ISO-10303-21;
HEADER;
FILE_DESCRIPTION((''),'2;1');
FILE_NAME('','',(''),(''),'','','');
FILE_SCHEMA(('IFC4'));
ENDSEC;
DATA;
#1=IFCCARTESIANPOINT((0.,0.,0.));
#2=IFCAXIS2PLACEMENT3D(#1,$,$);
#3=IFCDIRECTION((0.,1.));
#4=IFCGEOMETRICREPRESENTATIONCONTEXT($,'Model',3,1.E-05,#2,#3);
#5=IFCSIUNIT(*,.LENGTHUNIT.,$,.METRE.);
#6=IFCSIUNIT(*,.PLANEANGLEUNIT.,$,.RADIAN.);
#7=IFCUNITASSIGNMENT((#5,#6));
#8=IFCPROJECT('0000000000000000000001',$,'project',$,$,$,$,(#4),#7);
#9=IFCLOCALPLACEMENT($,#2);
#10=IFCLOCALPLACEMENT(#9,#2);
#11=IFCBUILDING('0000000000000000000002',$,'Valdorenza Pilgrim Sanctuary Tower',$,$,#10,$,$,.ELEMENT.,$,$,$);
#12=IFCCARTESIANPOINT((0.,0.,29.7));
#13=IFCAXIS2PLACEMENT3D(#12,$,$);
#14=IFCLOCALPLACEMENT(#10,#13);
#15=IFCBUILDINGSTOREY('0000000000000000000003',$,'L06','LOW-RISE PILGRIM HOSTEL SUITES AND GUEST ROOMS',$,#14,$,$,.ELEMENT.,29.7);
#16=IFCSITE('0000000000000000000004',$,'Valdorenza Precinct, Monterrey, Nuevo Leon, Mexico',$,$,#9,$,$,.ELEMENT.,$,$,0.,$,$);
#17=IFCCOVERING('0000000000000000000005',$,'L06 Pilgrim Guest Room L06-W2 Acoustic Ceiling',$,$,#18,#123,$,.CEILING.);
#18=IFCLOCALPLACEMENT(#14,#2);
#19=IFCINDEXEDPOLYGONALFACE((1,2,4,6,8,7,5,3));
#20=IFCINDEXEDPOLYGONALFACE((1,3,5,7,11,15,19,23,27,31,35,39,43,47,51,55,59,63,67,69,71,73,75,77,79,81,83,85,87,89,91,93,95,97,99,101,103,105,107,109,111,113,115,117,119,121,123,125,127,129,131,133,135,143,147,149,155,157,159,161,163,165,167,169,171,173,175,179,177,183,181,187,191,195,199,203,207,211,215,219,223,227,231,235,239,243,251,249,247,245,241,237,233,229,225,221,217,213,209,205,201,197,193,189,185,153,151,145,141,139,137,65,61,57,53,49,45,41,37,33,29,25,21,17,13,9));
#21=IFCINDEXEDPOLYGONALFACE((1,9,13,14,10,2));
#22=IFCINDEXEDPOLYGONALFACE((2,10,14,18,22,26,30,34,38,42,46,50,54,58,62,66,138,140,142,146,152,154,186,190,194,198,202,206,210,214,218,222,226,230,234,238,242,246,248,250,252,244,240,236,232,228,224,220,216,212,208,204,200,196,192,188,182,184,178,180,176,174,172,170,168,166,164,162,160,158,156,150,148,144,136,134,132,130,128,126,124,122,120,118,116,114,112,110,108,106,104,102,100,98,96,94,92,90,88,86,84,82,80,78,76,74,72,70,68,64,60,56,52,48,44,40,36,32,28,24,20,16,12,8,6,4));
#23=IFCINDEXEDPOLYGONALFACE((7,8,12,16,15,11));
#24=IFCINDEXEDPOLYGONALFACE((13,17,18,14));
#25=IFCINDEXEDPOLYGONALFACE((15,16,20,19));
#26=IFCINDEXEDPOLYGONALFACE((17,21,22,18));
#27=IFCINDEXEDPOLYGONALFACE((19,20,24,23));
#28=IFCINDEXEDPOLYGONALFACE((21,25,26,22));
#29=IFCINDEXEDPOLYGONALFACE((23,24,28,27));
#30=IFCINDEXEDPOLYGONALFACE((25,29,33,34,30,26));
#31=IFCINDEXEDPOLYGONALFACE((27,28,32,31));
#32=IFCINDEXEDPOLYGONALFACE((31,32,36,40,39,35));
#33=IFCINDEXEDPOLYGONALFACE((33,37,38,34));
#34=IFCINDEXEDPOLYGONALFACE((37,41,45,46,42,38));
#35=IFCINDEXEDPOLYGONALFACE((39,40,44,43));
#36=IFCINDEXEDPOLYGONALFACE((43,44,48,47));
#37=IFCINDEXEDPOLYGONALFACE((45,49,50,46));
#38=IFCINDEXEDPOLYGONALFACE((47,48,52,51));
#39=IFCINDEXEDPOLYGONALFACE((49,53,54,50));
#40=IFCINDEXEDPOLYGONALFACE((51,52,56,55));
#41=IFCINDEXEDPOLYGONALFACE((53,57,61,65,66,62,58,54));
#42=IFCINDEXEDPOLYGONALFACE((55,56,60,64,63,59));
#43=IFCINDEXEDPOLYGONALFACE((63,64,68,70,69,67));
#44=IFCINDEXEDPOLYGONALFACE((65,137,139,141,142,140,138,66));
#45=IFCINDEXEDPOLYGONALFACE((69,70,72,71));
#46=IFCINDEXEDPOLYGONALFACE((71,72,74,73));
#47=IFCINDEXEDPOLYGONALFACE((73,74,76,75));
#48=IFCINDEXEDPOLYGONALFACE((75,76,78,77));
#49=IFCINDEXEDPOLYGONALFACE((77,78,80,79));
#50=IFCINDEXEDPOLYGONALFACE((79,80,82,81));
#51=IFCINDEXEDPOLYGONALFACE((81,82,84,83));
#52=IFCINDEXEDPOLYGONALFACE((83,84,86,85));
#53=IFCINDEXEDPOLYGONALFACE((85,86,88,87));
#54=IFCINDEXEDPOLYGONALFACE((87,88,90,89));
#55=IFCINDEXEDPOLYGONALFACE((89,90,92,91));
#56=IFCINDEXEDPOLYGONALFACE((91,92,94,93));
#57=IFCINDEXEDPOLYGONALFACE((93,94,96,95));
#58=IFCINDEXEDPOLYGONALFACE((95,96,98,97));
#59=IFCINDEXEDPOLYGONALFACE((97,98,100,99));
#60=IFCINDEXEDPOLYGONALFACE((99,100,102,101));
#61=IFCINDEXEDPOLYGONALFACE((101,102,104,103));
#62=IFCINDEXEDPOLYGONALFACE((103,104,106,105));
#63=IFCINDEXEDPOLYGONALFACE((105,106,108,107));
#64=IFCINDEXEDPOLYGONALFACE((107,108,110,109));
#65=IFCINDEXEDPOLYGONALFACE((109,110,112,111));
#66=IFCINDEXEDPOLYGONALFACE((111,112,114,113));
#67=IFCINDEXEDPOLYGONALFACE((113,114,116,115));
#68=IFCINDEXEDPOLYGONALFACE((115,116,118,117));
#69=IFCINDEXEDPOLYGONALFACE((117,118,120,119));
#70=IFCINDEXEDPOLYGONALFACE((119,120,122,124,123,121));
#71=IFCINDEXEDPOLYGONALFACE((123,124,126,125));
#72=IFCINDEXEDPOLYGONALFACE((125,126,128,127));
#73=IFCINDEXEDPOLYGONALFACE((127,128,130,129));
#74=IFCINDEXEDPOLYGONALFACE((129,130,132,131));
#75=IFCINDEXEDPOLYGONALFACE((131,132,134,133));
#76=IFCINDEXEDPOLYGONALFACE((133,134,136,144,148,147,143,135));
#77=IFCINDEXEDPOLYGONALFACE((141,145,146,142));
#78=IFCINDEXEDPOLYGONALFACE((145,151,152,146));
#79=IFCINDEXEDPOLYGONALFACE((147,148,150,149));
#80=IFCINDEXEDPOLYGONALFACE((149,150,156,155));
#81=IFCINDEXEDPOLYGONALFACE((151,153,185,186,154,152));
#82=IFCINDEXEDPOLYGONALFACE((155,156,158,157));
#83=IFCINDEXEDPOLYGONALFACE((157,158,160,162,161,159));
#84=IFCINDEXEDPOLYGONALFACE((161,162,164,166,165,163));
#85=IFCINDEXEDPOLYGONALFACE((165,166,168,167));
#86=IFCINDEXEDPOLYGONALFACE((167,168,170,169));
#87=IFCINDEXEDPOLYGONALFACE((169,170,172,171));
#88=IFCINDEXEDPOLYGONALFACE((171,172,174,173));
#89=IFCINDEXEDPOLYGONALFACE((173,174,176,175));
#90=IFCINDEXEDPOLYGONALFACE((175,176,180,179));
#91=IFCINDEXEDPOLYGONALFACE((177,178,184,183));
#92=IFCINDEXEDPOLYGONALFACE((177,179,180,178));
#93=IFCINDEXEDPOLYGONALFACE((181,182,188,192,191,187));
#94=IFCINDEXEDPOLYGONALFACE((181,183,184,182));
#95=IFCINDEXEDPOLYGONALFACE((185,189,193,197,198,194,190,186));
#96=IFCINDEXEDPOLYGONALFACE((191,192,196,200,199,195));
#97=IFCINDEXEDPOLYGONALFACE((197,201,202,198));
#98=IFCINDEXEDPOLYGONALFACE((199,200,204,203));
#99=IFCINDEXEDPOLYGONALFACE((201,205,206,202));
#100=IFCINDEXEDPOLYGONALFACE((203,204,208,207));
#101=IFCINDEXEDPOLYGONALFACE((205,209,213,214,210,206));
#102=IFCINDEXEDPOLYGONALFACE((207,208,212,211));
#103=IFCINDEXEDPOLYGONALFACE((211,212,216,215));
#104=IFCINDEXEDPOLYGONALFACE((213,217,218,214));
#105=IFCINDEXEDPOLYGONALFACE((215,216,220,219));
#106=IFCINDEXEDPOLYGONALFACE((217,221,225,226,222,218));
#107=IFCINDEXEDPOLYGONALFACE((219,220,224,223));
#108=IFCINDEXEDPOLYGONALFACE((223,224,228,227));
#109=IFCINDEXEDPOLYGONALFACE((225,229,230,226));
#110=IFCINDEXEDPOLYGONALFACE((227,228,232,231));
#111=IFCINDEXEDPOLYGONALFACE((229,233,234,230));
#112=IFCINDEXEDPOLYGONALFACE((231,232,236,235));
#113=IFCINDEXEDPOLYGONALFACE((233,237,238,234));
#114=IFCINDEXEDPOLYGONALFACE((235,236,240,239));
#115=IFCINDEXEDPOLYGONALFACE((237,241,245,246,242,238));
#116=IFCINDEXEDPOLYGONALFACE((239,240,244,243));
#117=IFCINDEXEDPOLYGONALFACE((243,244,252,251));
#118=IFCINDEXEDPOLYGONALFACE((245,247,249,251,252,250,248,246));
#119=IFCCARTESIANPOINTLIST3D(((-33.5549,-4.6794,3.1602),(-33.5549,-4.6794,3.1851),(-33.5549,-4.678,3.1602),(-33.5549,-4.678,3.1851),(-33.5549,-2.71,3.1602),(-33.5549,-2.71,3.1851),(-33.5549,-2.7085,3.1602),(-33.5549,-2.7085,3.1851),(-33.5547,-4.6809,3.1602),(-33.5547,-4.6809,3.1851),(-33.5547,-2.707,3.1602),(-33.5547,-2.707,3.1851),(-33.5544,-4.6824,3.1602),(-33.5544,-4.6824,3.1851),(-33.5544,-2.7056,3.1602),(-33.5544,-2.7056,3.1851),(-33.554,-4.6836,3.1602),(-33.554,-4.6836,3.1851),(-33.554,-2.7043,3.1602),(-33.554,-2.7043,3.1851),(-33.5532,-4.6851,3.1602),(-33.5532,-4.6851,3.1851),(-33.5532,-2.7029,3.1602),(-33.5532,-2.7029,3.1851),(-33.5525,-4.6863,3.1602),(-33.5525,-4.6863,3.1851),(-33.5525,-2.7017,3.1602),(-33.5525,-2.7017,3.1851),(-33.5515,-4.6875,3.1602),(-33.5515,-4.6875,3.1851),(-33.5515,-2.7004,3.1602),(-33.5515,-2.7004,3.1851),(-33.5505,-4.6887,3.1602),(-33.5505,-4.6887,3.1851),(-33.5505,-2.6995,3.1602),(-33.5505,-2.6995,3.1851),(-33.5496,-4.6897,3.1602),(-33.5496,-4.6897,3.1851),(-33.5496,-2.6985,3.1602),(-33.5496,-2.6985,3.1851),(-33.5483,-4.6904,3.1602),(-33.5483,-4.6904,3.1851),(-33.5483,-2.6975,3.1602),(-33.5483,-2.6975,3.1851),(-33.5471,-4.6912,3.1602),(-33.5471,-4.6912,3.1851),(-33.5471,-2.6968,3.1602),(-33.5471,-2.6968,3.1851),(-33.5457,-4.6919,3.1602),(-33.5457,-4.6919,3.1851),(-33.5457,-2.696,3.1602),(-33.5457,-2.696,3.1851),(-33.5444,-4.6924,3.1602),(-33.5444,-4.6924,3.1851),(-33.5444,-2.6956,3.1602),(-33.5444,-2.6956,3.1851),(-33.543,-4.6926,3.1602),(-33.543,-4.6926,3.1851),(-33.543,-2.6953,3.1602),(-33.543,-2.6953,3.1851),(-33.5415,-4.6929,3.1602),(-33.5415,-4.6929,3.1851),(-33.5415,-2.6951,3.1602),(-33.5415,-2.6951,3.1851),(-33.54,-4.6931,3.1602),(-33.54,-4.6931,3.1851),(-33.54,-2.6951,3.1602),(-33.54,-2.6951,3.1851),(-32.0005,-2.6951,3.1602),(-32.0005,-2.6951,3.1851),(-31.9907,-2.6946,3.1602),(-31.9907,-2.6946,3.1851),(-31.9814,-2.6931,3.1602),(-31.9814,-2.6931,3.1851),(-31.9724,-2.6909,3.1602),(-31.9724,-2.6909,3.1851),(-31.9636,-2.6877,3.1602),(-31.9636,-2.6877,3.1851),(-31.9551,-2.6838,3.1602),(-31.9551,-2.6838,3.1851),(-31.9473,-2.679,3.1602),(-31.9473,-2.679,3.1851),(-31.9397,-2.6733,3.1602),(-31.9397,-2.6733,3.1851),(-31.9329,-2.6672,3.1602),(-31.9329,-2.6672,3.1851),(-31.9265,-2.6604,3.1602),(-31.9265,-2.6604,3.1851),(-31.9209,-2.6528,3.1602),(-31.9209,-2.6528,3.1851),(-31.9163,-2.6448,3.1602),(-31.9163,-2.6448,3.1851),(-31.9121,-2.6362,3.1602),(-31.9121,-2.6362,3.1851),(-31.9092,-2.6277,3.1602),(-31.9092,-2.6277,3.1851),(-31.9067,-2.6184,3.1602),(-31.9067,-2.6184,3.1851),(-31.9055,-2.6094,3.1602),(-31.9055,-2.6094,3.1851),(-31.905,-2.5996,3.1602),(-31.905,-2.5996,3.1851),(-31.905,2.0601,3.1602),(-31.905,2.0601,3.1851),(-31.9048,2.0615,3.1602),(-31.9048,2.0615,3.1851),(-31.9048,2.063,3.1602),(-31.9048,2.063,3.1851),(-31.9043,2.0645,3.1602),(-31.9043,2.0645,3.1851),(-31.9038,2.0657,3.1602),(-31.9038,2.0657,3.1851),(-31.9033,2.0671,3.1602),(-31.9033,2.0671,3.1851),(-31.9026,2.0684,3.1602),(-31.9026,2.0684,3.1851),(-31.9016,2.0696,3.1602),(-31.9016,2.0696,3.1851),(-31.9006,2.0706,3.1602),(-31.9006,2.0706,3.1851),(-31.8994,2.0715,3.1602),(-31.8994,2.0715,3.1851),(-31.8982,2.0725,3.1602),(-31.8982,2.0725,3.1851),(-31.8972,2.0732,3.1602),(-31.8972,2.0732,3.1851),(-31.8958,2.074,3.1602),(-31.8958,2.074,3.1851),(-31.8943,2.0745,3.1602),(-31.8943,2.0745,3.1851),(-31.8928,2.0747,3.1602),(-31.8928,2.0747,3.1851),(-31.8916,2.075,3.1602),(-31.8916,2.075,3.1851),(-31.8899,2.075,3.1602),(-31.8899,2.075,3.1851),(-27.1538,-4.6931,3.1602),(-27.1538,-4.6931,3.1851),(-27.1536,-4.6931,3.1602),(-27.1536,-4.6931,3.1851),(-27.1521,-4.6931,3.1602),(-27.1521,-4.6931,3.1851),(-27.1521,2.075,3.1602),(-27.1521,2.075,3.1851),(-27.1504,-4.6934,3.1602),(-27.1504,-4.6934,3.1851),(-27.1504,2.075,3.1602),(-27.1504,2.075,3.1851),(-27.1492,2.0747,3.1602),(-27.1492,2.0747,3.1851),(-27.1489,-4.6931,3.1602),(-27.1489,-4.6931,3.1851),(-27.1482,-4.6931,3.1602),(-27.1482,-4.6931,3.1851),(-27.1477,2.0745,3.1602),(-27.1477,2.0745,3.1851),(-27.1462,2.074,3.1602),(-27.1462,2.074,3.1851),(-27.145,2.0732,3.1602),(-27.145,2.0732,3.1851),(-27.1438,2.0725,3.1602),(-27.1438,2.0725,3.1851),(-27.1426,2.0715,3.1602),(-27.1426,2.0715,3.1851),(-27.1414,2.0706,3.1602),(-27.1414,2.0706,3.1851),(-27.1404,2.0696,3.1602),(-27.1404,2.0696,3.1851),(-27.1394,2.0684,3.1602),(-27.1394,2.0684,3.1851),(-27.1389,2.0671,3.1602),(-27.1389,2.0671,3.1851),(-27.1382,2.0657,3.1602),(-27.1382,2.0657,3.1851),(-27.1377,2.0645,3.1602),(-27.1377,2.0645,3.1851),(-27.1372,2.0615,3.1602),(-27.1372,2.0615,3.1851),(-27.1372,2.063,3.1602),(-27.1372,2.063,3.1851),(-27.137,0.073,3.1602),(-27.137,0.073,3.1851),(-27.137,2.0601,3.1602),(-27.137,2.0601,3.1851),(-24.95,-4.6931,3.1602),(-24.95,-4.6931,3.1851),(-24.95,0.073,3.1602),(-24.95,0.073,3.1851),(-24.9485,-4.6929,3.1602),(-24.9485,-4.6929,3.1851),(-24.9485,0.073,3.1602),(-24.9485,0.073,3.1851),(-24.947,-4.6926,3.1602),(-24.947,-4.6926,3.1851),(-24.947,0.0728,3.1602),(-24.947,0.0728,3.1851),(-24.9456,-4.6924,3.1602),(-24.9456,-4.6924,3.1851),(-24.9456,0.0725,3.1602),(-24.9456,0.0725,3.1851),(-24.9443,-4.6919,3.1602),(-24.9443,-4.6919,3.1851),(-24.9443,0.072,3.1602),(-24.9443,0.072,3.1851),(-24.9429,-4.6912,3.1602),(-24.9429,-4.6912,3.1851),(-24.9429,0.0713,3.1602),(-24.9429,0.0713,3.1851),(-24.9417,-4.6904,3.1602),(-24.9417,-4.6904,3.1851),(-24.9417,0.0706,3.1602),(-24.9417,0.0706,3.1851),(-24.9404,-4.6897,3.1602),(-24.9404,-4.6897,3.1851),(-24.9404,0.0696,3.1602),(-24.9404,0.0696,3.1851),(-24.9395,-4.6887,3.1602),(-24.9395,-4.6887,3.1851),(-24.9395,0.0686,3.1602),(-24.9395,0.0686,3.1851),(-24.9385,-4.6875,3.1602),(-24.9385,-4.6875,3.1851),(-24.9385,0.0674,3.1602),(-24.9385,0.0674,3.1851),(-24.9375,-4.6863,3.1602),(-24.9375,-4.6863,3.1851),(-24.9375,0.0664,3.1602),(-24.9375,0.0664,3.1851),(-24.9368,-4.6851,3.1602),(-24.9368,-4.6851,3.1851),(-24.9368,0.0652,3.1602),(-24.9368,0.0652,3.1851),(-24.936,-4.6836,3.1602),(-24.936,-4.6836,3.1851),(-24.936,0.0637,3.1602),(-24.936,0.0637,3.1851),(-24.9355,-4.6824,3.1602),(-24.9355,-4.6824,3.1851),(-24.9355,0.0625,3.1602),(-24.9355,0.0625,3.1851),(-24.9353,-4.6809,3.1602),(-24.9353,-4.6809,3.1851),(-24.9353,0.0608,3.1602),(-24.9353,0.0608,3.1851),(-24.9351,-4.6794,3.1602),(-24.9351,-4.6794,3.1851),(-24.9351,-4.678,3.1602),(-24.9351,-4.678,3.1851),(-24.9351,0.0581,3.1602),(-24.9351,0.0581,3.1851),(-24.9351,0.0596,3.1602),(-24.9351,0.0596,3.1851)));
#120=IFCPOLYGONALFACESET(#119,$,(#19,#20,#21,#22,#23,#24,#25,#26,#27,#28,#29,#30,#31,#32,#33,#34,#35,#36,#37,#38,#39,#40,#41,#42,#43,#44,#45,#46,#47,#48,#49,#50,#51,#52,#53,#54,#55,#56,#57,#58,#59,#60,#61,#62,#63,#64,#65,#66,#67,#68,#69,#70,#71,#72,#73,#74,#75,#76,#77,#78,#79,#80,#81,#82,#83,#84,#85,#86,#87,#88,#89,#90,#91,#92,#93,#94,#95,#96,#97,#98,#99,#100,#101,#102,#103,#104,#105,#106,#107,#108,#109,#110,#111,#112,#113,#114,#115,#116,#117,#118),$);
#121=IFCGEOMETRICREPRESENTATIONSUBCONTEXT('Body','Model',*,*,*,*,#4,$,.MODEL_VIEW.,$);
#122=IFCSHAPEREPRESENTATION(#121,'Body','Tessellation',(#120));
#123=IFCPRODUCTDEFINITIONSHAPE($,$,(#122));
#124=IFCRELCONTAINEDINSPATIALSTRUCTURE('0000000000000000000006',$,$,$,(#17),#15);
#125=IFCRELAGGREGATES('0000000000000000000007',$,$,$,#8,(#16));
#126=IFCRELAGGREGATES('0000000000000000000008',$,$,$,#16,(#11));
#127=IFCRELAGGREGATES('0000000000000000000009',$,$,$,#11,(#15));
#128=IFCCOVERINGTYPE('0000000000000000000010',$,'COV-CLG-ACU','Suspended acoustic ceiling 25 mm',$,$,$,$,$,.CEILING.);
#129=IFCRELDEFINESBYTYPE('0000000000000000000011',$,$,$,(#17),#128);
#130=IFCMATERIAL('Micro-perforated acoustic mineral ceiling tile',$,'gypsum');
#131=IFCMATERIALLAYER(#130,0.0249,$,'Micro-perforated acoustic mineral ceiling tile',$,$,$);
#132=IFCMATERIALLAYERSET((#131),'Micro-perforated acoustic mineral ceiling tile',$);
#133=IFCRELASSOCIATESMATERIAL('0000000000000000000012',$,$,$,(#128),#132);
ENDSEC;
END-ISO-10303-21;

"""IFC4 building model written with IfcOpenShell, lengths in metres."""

from ifc_helpers import new_model, si_unit, direction, frame, origin, place, context, subcontext, project, spatial, polyline, outline, extrude, material, layer, layer_set, type_object, element, save


model = new_model("IFC4")

# Units and contexts
model_context = context("Model", 3, precision=1e-05, world=origin(), true_north=direction((0.0, 1.0)))
body_context = subcontext(model_context, "Body", "Model", "MODEL_VIEW")
ifc_project = project(units=[si_unit("LENGTHUNIT", "METRE"), si_unit("PLANEANGLEUNIT", "RADIAN")], contexts=[model_context])

# Site, building, storey
site_placement = place(None, origin())
site = spatial("IfcSite", under=ifc_project, at=site_placement, Name="Valdorenza Precinct, Monterrey, Nuevo Leon, Mexico", CompositionType="ELEMENT", RefElevation=0.0)
building_placement = place(site_placement, origin())
building = spatial("IfcBuilding", under=site, at=building_placement, Name="Valdorenza Pilgrim Sanctuary Tower", CompositionType="ELEMENT")
storey_placement = place(building_placement, frame((0.0, 0.0, 29.7)))
storey = spatial("IfcBuildingStorey", under=building, at=storey_placement, Name="L06", Description="LOW-RISE PILGRIM HOSTEL SUITES AND GUEST ROOMS", CompositionType="ELEMENT", Elevation=29.7)

# Covering
ifc_material_1 = material(Name="Micro-perforated acoustic mineral ceiling tile", Category="gypsum")
ifc_layer_1 = layer(ifc_material_1, 0.0249, Name="Micro-perforated acoustic mineral ceiling tile")
ifc_layer_set_1 = layer_set([ifc_layer_1], Name="Micro-perforated acoustic mineral ceiling tile")
covering_type_1 = type_object("IfcCoveringType", Name="COV-CLG-ACU", Description="Suspended acoustic ceiling 25 mm", PredefinedType="CEILING", material=ifc_layer_set_1)
covering_1_placement = place(storey_placement, frame((0.0, 0.0, 3.1602)))
element("IfcCovering", 1, at=covering_1_placement, inside=storey, type_object=covering_type_1, Name="L06 Pilgrim Guest Room L06-W2 Acoustic Ceiling", PredefinedType="CEILING", context=body_context, shape_type="SweptSolid", body=[
    extrude(outline(polyline([(-33.5549, -2.71), (-33.5549, -2.7085), (-33.5547, -2.707), (-33.5544, -2.7056), (-33.554, -2.7043), (-33.5532, -2.7029), (-33.5525, -2.7017), (-33.5515, -2.7004), (-33.5505, -2.6995), (-33.5496, -2.6985), (-33.5483, -2.6975), (-33.5471, -2.6968), (-33.5457, -2.696), (-33.5444, -2.6956), (-33.543, -2.6953), (-33.5415, -2.6951), (-33.54, -2.6951), (-32.0005, -2.6951), (-31.9907, -2.6946), (-31.9814, -2.6931), (-31.9724, -2.6909), (-31.9636, -2.6877), (-31.9551, -2.6838), (-31.9473, -2.679), (-31.9397, -2.6733), (-31.9329, -2.6672), (-31.9265, -2.6604), (-31.9209, -2.6528), (-31.9163, -2.6448), (-31.9121, -2.6362), (-31.9092, -2.6277), (-31.9067, -2.6184), (-31.9055, -2.6094), (-31.905, -2.5996), (-31.905, 2.0601), (-31.9048, 2.0615), (-31.9048, 2.063), (-31.9043, 2.0645), (-31.9038, 2.0657), (-31.9033, 2.0671), (-31.9026, 2.0684), (-31.9016, 2.0696), (-31.9006, 2.0706), (-31.8994, 2.0715), (-31.8982, 2.0725), (-31.8972, 2.0732), (-31.8958, 2.074), (-31.8943, 2.0745), (-31.8928, 2.0747), (-31.8916, 2.075), (-31.8899, 2.075), (-27.1521, 2.075), (-27.1504, 2.075), (-27.1492, 2.0747), (-27.1477, 2.0745), (-27.1462, 2.074), (-27.145, 2.0732), (-27.1438, 2.0725), (-27.1426, 2.0715), (-27.1414, 2.0706), (-27.1404, 2.0696), (-27.1394, 2.0684), (-27.1389, 2.0671), (-27.1382, 2.0657), (-27.1377, 2.0645), (-27.1372, 2.063), (-27.1372, 2.0615), (-27.137, 2.0601), (-27.137, 0.073), (-24.95, 0.073), (-24.9485, 0.073), (-24.947, 0.0728), (-24.9456, 0.0725), (-24.9443, 0.072), (-24.9429, 0.0713), (-24.9417, 0.0706), (-24.9404, 0.0696), (-24.9395, 0.0686), (-24.9385, 0.0674), (-24.9375, 0.0664), (-24.9368, 0.0652), (-24.936, 0.0637), (-24.9355, 0.0625), (-24.9353, 0.0608), (-24.9351, 0.0596), (-24.9351, 0.0581), (-24.9351, -4.678), (-24.9351, -4.6794), (-24.9353, -4.6809), (-24.9355, -4.6824), (-24.936, -4.6836), (-24.9368, -4.6851), (-24.9375, -4.6863), (-24.9385, -4.6875), (-24.9395, -4.6887), (-24.9404, -4.6897), (-24.9417, -4.6904), (-24.9429, -4.6912), (-24.9443, -4.6919), (-24.9456, -4.6924), (-24.947, -4.6926), (-24.9485, -4.6929), (-24.95, -4.6931), (-27.1482, -4.6931), (-27.1489, -4.6931), (-27.1504, -4.6934), (-27.1521, -4.6931), (-27.1536, -4.6931), (-27.1538, -4.6931), (-33.54, -4.6931), (-33.5415, -4.6929), (-33.543, -4.6926), (-33.5444, -4.6924), (-33.5457, -4.6919), (-33.5471, -4.6912), (-33.5483, -4.6904), (-33.5496, -4.6897), (-33.5505, -4.6887), (-33.5515, -4.6875), (-33.5525, -4.6863), (-33.5532, -4.6851), (-33.554, -4.6836), (-33.5544, -4.6824), (-33.5547, -4.6809), (-33.5549, -4.6794), (-33.5549, -4.678), (-33.5549, -2.71)])), origin(), (0.0, 0.0, 1.0), 0.0249),
])

save(model, "model.ifc")
